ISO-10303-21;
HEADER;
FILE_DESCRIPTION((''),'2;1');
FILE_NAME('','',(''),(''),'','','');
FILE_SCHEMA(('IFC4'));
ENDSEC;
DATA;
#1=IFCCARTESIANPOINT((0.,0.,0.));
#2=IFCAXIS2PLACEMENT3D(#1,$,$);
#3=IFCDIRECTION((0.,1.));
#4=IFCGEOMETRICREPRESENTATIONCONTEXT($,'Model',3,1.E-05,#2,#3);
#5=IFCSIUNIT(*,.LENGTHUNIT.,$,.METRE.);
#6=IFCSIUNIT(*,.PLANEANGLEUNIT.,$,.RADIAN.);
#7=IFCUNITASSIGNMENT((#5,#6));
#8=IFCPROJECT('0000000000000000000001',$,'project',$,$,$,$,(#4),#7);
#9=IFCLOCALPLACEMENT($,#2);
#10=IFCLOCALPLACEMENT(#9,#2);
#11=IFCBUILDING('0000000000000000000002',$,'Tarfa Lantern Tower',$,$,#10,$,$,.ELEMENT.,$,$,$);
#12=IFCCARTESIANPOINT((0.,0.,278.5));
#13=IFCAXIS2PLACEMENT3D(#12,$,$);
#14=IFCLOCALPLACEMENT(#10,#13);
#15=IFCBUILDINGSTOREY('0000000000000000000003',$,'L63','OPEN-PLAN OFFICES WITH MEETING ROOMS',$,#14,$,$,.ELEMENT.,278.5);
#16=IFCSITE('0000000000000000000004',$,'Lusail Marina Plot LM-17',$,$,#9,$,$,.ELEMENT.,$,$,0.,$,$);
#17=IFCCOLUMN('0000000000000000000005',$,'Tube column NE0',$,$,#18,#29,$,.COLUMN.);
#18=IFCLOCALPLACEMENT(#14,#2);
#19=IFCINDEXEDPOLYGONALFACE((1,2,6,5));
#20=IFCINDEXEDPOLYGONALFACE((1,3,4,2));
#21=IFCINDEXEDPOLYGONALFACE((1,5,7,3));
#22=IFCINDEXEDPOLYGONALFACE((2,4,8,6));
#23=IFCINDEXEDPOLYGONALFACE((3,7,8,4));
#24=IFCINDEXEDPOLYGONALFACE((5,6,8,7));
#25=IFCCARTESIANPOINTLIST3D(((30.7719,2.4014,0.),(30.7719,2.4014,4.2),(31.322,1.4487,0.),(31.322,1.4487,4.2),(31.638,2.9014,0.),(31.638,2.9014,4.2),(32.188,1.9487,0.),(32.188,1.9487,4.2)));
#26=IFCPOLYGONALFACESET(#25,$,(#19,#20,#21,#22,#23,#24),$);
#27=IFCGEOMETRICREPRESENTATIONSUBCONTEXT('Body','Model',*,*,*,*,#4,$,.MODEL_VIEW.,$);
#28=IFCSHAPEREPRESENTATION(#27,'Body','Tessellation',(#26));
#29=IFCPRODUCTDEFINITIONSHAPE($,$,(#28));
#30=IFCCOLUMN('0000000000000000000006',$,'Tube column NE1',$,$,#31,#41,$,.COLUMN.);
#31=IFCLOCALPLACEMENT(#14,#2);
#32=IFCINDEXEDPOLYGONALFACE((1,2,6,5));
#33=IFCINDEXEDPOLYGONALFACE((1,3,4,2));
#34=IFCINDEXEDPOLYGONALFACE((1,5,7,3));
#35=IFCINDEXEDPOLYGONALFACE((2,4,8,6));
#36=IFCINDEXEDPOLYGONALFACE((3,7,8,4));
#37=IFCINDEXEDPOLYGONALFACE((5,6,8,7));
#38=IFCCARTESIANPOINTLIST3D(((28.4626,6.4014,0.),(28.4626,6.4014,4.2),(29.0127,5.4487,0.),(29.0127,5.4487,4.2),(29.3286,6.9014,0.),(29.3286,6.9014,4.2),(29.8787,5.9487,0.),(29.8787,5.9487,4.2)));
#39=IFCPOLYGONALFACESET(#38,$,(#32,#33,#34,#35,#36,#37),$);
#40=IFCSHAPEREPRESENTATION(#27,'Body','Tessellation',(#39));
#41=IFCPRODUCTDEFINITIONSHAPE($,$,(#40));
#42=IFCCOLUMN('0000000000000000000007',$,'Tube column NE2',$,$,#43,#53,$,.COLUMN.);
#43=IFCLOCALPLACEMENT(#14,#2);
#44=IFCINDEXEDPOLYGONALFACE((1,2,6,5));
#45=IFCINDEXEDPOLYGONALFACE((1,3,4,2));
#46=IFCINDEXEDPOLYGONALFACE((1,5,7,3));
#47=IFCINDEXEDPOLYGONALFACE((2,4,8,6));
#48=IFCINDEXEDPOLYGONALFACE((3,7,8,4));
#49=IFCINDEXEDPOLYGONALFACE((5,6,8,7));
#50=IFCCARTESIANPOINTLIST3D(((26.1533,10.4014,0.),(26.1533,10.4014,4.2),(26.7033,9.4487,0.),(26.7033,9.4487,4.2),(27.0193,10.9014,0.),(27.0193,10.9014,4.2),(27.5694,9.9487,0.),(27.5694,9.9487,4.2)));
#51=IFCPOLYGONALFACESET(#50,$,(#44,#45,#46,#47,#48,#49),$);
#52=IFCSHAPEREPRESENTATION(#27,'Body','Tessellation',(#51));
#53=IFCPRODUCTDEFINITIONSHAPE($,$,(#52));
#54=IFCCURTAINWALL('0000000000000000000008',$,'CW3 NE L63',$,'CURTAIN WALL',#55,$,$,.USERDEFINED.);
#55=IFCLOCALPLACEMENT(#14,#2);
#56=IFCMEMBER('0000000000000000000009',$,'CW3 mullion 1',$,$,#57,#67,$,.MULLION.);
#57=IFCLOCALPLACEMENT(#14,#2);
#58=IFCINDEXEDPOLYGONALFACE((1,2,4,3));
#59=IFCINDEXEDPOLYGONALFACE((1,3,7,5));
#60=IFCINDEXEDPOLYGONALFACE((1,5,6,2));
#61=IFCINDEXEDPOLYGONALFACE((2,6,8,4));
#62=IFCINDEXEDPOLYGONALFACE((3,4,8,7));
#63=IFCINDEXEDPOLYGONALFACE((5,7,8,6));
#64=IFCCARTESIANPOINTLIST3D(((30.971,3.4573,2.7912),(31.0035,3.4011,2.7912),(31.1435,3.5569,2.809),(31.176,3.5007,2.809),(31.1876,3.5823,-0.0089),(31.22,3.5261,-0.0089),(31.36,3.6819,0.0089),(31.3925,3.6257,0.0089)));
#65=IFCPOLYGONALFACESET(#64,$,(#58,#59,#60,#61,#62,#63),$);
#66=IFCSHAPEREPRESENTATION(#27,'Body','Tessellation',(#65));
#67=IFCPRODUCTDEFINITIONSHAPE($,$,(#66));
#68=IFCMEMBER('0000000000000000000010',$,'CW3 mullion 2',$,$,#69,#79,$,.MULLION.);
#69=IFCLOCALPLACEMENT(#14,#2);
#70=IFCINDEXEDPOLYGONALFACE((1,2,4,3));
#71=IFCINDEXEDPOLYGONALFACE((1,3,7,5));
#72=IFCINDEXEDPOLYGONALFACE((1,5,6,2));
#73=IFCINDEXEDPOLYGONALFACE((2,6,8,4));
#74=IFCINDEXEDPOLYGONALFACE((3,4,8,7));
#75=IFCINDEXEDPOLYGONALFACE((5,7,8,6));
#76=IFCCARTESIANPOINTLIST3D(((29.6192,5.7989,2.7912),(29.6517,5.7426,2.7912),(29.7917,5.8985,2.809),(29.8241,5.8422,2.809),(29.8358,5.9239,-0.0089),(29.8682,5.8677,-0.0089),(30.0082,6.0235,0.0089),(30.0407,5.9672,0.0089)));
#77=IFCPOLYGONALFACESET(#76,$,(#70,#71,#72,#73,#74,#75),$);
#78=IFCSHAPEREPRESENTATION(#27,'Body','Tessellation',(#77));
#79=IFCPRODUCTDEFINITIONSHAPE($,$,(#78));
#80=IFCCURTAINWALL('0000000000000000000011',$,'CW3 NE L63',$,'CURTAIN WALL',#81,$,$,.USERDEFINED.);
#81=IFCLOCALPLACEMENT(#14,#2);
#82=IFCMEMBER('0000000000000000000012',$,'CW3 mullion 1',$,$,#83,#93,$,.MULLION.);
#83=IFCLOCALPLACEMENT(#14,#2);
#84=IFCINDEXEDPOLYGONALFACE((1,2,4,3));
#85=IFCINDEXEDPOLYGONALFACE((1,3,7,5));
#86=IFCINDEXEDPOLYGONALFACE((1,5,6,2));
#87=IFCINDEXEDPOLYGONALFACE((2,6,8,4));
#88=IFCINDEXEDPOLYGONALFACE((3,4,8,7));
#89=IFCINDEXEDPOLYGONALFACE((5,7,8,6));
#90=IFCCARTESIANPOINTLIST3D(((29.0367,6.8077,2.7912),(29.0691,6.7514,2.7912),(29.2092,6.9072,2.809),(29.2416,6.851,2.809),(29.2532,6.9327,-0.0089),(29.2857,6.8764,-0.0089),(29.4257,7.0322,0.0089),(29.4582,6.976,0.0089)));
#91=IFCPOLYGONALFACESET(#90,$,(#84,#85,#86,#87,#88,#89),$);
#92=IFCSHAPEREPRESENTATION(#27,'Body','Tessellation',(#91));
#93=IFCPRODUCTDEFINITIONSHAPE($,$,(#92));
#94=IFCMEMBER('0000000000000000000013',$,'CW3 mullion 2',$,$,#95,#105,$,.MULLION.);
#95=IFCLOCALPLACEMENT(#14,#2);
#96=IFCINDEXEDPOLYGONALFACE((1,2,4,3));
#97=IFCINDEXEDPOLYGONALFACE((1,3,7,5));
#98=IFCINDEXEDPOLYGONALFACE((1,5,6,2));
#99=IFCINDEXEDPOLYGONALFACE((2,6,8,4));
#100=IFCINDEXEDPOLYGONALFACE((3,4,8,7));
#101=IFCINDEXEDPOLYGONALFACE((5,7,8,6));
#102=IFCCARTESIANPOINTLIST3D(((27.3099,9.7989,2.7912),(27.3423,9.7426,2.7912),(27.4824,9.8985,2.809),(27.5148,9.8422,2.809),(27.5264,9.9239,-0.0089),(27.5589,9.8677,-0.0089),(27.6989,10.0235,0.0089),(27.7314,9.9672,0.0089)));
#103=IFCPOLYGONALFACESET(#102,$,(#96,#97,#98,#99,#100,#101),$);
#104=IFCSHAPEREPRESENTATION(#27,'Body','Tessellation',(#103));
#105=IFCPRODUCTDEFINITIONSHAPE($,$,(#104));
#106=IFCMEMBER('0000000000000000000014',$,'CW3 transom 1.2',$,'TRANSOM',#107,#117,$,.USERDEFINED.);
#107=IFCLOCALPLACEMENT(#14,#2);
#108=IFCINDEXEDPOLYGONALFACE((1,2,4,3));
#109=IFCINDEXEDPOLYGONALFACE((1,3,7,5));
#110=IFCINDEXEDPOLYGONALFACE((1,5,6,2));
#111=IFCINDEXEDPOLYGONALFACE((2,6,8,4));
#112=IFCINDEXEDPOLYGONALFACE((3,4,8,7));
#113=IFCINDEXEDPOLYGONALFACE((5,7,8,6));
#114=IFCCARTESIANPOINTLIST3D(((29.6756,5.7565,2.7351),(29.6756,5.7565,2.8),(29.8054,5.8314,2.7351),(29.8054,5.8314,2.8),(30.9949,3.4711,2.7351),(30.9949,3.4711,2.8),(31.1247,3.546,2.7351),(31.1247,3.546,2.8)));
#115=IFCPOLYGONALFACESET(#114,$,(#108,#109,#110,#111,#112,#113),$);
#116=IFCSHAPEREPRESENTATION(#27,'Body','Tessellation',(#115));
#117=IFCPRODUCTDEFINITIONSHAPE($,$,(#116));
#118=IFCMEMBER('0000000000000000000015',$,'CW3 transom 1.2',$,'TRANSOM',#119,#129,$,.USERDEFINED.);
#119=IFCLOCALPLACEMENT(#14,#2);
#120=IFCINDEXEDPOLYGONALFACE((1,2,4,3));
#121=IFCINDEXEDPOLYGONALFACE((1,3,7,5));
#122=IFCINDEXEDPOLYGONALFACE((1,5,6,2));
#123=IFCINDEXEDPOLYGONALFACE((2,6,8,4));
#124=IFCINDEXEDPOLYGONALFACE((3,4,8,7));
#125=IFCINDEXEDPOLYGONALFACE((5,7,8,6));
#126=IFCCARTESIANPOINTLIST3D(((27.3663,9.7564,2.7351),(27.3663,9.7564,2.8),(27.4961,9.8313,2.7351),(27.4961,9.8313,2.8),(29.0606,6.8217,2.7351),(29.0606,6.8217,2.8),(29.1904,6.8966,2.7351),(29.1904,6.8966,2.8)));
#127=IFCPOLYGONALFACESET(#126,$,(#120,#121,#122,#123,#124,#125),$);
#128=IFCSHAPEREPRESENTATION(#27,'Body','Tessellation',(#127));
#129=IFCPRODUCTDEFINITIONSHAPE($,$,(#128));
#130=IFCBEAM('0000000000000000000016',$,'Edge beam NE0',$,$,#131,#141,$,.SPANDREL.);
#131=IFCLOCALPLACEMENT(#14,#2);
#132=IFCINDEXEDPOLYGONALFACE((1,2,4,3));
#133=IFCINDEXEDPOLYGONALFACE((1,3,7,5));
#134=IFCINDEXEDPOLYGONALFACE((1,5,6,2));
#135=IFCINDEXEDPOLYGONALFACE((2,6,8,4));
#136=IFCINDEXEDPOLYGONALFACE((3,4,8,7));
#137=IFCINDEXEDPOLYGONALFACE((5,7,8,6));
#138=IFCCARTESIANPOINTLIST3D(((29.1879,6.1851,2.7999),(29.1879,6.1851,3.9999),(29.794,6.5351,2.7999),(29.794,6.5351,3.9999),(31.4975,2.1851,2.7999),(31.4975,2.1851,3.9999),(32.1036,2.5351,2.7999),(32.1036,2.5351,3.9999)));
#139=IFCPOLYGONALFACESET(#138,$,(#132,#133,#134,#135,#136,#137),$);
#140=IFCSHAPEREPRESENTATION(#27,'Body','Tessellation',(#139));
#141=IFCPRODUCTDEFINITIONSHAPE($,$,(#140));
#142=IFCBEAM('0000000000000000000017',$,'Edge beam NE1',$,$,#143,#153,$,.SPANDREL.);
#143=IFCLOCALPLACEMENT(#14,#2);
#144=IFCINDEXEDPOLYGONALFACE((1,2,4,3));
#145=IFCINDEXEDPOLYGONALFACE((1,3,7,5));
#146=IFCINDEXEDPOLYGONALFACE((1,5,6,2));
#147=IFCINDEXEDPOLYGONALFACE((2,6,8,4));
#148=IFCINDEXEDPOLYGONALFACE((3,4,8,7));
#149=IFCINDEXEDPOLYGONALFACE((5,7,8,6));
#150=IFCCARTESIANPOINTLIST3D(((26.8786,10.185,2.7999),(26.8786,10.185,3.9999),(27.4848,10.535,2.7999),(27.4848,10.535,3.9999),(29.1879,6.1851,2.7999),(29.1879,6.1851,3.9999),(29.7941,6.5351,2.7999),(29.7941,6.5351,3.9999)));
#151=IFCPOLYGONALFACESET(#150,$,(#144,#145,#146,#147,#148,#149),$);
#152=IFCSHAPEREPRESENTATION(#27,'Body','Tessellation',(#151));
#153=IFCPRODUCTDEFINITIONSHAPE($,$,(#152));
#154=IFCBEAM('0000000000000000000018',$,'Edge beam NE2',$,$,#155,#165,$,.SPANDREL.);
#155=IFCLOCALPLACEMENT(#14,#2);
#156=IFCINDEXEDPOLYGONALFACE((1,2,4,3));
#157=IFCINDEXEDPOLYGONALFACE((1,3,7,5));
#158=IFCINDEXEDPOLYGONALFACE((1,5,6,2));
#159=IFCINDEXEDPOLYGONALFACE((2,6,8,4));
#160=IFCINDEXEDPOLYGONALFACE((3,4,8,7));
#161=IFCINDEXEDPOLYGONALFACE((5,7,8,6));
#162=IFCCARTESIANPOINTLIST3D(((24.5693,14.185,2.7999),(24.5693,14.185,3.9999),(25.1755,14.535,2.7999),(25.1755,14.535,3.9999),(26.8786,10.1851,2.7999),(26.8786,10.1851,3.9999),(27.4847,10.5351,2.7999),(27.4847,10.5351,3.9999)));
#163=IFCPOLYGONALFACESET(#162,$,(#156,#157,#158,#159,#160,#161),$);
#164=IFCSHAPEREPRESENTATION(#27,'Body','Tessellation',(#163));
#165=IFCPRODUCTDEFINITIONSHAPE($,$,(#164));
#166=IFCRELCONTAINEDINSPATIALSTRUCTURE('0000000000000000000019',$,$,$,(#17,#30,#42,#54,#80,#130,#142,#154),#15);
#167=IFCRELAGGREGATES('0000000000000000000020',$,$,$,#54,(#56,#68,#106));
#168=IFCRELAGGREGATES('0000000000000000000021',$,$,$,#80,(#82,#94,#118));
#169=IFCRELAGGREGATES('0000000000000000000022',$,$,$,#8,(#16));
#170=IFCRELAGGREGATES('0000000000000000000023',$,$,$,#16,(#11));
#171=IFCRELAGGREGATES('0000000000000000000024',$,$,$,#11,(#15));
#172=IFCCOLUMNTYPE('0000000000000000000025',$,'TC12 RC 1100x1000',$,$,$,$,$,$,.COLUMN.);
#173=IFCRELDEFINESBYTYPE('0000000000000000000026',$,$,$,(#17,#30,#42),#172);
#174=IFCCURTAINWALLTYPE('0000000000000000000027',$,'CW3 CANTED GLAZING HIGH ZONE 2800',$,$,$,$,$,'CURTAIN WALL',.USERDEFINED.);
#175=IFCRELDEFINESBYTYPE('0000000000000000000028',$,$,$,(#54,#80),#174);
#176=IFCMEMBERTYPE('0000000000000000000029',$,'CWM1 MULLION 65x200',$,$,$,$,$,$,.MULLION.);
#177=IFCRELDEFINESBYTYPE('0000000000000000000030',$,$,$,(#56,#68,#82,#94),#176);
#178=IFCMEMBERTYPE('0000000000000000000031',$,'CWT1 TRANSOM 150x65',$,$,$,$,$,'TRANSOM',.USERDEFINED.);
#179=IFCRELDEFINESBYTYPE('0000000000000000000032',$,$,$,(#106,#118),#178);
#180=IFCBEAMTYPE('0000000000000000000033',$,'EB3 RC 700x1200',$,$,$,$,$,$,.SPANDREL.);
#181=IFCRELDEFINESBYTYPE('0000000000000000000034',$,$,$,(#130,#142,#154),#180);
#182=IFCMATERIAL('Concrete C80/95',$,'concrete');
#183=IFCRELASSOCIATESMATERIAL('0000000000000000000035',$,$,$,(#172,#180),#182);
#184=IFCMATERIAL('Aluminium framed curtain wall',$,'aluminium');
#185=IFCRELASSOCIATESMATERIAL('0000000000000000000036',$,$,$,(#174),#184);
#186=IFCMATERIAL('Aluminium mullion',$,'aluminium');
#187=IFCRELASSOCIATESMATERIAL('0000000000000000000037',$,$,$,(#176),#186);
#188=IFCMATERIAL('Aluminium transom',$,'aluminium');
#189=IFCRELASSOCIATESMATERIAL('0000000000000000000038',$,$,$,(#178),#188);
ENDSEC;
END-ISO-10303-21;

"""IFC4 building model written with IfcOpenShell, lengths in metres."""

from ifc_helpers import new_model, si_unit, direction, frame, origin, origin_2d, place, context, subcontext, project, spatial, rectangle, extrude, material, material_profile, profile_set, type_object, element, aggregate, save


model = new_model("IFC4")

# Units and contexts
model_context = context("Model", 3, precision=1e-05, world=origin(), true_north=direction((0.0, 1.0)))
body_context = subcontext(model_context, "Body", "Model", "MODEL_VIEW")
ifc_project = project(units=[si_unit("LENGTHUNIT", "METRE"), si_unit("PLANEANGLEUNIT", "RADIAN")], contexts=[model_context])

# Site, building, storey
site_placement = place(None, origin())
site = spatial("IfcSite", under=ifc_project, at=site_placement, Name="Lusail Marina Plot LM-17", CompositionType="ELEMENT", RefElevation=0.0)
building_placement = place(site_placement, origin())
building = spatial("IfcBuilding", under=site, at=building_placement, Name="Tarfa Lantern Tower", CompositionType="ELEMENT")
storey_placement = place(building_placement, frame((0.0, 0.0, 278.5)))
storey = spatial("IfcBuildingStorey", under=building, at=storey_placement, Name="L63", Description="OPEN-PLAN OFFICES WITH MEETING ROOMS", CompositionType="ELEMENT", Elevation=278.5)

# Columns
ifc_material_1 = material(Name="Concrete C80/95", Category="concrete")
ifc_material_profile_1 = material_profile(ifc_material_1, rectangle(XDim=1.1001, YDim=1.0, at=origin_2d()), Name="RC 1100x1000")
ifc_profile_set_1 = profile_set([ifc_material_profile_1], Name="Concrete C80/95")
column_type = type_object("IfcColumnType", Name="TC12 RC 1100x1000", PredefinedType="COLUMN", material=ifc_profile_set_1)
for number, where, z_axis, x_axis, name in (
    (1, (31.48, 2.175, 0.0), (0.0, 0.0, 1.0), (-0.5, 0.866025, 0.0), "Tube column NE0"),
    (2, (29.1707, 6.175, 0.0), (0.0, 0.0, 1.0), (-0.5, 0.866025, 0.0), "Tube column NE1"),
    (3, (26.8613, 10.175, 0.0), (0.0, 0.0, 1.0), (-0.5, 0.866025, 0.0), "Tube column NE2"),
):
    element("IfcColumn", number, at=place(storey_placement, frame(where, z_axis=z_axis, x_axis=x_axis)), inside=storey, type_object=column_type, Name=name, PredefinedType="COLUMN", context=body_context, shape_type="SweptSolid", body=[
        extrude(rectangle(XDim=1.1001, YDim=1.0, at=origin_2d()), origin(), (0.0, 0.0, 1.0), 4.2),
    ])

# Curtain walls, members
ifc_material_2 = material(Name="Aluminium framed curtain wall", Category="aluminium")
curtain_wall_type = type_object("IfcCurtainWallType", Name="CW3 CANTED GLAZING HIGH ZONE 2800", ElementType="CURTAIN WALL", PredefinedType="USERDEFINED", material=ifc_material_2)
curtain_wall_1_placement = place(storey_placement, origin())
curtain_wall_1 = element("IfcCurtainWall", 4, at=curtain_wall_1_placement, inside=storey, type_object=curtain_wall_type, Name="CW3 NE L63", ObjectType="CURTAIN WALL", PredefinedType="USERDEFINED")
ifc_material_3 = material(Name="Aluminium mullion", Category="aluminium")
ifc_material_profile_2 = material_profile(ifc_material_3, rectangle(XDim=0.0649, YDim=0.2, at=origin_2d()), Name="AL MULLION 65x200")
ifc_profile_set_2 = profile_set([ifc_material_profile_2], Name="Aluminium mullion")
member_type_1 = type_object("IfcMemberType", Name="CWM1 MULLION 65x200", PredefinedType="MULLION", material=ifc_profile_set_2)
member_1_placement = place(storey_placement, frame((31.29, 3.604, 0.0), z_axis=(-0.077032, -0.044465, 0.996037), x_axis=(0.49992, -0.866072, 0.0)))
member_1 = element("IfcMember", 5, at=member_1_placement, type_object=member_type_1, Name="CW3 mullion 1", PredefinedType="MULLION", context=body_context, shape_type="SweptSolid", body=[
    extrude(rectangle(XDim=0.0649, YDim=0.2, at=origin_2d()), origin(), (0.0, 0.0, 1.0), 2.8113),
])
member_2_placement = place(storey_placement, frame((29.9382, 5.9456, 0.0), z_axis=(-0.077032, -0.044465, 0.996037), x_axis=(0.49992, -0.866072, 0.0)))
member_2 = element("IfcMember", 6, at=member_2_placement, type_object=member_type_1, Name="CW3 mullion 2", PredefinedType="MULLION", context=body_context, shape_type="SweptSolid", body=[
    extrude(rectangle(XDim=0.0649, YDim=0.2, at=origin_2d()), origin(), (0.0, 0.0, 1.0), 2.8113),
])
curtain_wall_2_placement = place(storey_placement, origin())
curtain_wall_2 = element("IfcCurtainWall", 7, at=curtain_wall_2_placement, inside=storey, type_object=curtain_wall_type, Name="CW3 NE L63", ObjectType="CURTAIN WALL", PredefinedType="USERDEFINED")
member_3_placement = place(storey_placement, frame((29.3557, 6.9543, 0.0), z_axis=(-0.077032, -0.044465, 0.996037), x_axis=(0.49992, -0.866072, 0.0)))
member_3 = element("IfcMember", 8, at=member_3_placement, type_object=member_type_1, Name="CW3 mullion 1", PredefinedType="MULLION", context=body_context, shape_type="SweptSolid", body=[
    extrude(rectangle(XDim=0.0649, YDim=0.2, at=origin_2d()), origin(), (0.0, 0.0, 1.0), 2.8113),
])
member_4_placement = place(storey_placement, frame((27.6289, 9.9456, 0.0), z_axis=(-0.077032, -0.044465, 0.996037), x_axis=(0.49992, -0.866072, 0.0)))
member_4 = element("IfcMember", 9, at=member_4_placement, type_object=member_type_1, Name="CW3 mullion 2", PredefinedType="MULLION", context=body_context, shape_type="SweptSolid", body=[
    extrude(rectangle(XDim=0.0649, YDim=0.2, at=origin_2d()), origin(), (0.0, 0.0, 1.0), 2.8113),
])

# Members
ifc_material_4 = material(Name="Aluminium transom", Category="aluminium")
ifc_material_profile_3 = material_profile(ifc_material_4, rectangle(XDim=0.1499, YDim=0.0649, at=origin_2d()), Name="AL TRANSOM 150x65")
ifc_profile_set_3 = profile_set([ifc_material_profile_3], Name="Aluminium transom")
member_type_2 = type_object("IfcMemberType", Name="CWT1 TRANSOM 150x65", ElementType="TRANSOM", PredefinedType="USERDEFINED", material=ifc_profile_set_3)
member_5_placement = place(storey_placement, frame((31.0598, 3.5085, 2.7676), z_axis=(-0.49996, 0.866048, 0.0), x_axis=(-0.866048, -0.49996, 0.0)))
member_5 = element("IfcMember", 10, at=member_5_placement, type_object=member_type_2, Name="CW3 transom 1.2", ObjectType="TRANSOM", PredefinedType="USERDEFINED", context=body_context, shape_type="SweptSolid", body=[
    extrude(rectangle(XDim=0.1499, YDim=0.0649, at=origin_2d()), origin(), (0.0, 0.0, 1.0), 2.6389),
])
member_6_placement = place(storey_placement, frame((29.1255, 6.8591, 2.7676), z_axis=(-0.499982, 0.866036, 0.0), x_axis=(-0.866036, -0.499982, 0.0)))
member_6 = element("IfcMember", 11, at=member_6_placement, type_object=member_type_2, Name="CW3 transom 1.2", ObjectType="TRANSOM", PredefinedType="USERDEFINED", context=body_context, shape_type="SweptSolid", body=[
    extrude(rectangle(XDim=0.1499, YDim=0.0649, at=origin_2d()), origin(), (0.0, 0.0, 1.0), 3.3887),
])

# Beams
ifc_material_profile_4 = material_profile(ifc_material_1, rectangle(XDim=0.7, YDim=1.2, at=origin_2d()), Name="RC 700x1200")
ifc_profile_set_4 = profile_set([ifc_material_profile_4], Name="Concrete C80/95")
beam_type_1 = type_object("IfcBeamType", Name="EB3 RC 700x1200", PredefinedType="SPANDREL", material=ifc_profile_set_4)
beam_1_placement = place(storey_placement, frame((31.8005, 2.3601, 3.3999), z_axis=(-0.500027, 0.86601, 0.0), x_axis=(-0.86601, -0.500027, 0.0)))
element("IfcBeam", 12, at=beam_1_placement, inside=storey, type_object=beam_type_1, Name="Edge beam NE0", PredefinedType="SPANDREL", context=body_context, shape_type="SweptSolid", body=[
    extrude(rectangle(XDim=0.7, YDim=1.2, at=origin_2d()), origin(), (0.0, 0.0, 1.0), 4.6189),
])
for number, where, z_axis, x_axis, name in (
    (13, (29.491, 6.3601, 3.3999), (-0.499988, 0.866032, 0.0), (-0.866032, -0.499988, 0.0), "Edge beam NE1"),
    (14, (27.1816, 10.3601, 3.3999), (-0.499988, 0.866032, 0.0), (-0.866032, -0.499988, 0.0), "Edge beam NE2"),
):
    element("IfcBeam", number, at=place(storey_placement, frame(where, z_axis=z_axis, x_axis=x_axis)), inside=storey, type_object=beam_type_1, Name=name, PredefinedType="SPANDREL", context=body_context, shape_type="SweptSolid", body=[
        extrude(rectangle(XDim=0.7, YDim=1.2, at=origin_2d()), origin(), (0.0, 0.0, 1.0), 4.6187),
    ])

aggregate(curtain_wall_1, [member_1, member_2, member_5])
aggregate(curtain_wall_2, [member_3, member_4, member_6])

save(model, "model.ifc")
